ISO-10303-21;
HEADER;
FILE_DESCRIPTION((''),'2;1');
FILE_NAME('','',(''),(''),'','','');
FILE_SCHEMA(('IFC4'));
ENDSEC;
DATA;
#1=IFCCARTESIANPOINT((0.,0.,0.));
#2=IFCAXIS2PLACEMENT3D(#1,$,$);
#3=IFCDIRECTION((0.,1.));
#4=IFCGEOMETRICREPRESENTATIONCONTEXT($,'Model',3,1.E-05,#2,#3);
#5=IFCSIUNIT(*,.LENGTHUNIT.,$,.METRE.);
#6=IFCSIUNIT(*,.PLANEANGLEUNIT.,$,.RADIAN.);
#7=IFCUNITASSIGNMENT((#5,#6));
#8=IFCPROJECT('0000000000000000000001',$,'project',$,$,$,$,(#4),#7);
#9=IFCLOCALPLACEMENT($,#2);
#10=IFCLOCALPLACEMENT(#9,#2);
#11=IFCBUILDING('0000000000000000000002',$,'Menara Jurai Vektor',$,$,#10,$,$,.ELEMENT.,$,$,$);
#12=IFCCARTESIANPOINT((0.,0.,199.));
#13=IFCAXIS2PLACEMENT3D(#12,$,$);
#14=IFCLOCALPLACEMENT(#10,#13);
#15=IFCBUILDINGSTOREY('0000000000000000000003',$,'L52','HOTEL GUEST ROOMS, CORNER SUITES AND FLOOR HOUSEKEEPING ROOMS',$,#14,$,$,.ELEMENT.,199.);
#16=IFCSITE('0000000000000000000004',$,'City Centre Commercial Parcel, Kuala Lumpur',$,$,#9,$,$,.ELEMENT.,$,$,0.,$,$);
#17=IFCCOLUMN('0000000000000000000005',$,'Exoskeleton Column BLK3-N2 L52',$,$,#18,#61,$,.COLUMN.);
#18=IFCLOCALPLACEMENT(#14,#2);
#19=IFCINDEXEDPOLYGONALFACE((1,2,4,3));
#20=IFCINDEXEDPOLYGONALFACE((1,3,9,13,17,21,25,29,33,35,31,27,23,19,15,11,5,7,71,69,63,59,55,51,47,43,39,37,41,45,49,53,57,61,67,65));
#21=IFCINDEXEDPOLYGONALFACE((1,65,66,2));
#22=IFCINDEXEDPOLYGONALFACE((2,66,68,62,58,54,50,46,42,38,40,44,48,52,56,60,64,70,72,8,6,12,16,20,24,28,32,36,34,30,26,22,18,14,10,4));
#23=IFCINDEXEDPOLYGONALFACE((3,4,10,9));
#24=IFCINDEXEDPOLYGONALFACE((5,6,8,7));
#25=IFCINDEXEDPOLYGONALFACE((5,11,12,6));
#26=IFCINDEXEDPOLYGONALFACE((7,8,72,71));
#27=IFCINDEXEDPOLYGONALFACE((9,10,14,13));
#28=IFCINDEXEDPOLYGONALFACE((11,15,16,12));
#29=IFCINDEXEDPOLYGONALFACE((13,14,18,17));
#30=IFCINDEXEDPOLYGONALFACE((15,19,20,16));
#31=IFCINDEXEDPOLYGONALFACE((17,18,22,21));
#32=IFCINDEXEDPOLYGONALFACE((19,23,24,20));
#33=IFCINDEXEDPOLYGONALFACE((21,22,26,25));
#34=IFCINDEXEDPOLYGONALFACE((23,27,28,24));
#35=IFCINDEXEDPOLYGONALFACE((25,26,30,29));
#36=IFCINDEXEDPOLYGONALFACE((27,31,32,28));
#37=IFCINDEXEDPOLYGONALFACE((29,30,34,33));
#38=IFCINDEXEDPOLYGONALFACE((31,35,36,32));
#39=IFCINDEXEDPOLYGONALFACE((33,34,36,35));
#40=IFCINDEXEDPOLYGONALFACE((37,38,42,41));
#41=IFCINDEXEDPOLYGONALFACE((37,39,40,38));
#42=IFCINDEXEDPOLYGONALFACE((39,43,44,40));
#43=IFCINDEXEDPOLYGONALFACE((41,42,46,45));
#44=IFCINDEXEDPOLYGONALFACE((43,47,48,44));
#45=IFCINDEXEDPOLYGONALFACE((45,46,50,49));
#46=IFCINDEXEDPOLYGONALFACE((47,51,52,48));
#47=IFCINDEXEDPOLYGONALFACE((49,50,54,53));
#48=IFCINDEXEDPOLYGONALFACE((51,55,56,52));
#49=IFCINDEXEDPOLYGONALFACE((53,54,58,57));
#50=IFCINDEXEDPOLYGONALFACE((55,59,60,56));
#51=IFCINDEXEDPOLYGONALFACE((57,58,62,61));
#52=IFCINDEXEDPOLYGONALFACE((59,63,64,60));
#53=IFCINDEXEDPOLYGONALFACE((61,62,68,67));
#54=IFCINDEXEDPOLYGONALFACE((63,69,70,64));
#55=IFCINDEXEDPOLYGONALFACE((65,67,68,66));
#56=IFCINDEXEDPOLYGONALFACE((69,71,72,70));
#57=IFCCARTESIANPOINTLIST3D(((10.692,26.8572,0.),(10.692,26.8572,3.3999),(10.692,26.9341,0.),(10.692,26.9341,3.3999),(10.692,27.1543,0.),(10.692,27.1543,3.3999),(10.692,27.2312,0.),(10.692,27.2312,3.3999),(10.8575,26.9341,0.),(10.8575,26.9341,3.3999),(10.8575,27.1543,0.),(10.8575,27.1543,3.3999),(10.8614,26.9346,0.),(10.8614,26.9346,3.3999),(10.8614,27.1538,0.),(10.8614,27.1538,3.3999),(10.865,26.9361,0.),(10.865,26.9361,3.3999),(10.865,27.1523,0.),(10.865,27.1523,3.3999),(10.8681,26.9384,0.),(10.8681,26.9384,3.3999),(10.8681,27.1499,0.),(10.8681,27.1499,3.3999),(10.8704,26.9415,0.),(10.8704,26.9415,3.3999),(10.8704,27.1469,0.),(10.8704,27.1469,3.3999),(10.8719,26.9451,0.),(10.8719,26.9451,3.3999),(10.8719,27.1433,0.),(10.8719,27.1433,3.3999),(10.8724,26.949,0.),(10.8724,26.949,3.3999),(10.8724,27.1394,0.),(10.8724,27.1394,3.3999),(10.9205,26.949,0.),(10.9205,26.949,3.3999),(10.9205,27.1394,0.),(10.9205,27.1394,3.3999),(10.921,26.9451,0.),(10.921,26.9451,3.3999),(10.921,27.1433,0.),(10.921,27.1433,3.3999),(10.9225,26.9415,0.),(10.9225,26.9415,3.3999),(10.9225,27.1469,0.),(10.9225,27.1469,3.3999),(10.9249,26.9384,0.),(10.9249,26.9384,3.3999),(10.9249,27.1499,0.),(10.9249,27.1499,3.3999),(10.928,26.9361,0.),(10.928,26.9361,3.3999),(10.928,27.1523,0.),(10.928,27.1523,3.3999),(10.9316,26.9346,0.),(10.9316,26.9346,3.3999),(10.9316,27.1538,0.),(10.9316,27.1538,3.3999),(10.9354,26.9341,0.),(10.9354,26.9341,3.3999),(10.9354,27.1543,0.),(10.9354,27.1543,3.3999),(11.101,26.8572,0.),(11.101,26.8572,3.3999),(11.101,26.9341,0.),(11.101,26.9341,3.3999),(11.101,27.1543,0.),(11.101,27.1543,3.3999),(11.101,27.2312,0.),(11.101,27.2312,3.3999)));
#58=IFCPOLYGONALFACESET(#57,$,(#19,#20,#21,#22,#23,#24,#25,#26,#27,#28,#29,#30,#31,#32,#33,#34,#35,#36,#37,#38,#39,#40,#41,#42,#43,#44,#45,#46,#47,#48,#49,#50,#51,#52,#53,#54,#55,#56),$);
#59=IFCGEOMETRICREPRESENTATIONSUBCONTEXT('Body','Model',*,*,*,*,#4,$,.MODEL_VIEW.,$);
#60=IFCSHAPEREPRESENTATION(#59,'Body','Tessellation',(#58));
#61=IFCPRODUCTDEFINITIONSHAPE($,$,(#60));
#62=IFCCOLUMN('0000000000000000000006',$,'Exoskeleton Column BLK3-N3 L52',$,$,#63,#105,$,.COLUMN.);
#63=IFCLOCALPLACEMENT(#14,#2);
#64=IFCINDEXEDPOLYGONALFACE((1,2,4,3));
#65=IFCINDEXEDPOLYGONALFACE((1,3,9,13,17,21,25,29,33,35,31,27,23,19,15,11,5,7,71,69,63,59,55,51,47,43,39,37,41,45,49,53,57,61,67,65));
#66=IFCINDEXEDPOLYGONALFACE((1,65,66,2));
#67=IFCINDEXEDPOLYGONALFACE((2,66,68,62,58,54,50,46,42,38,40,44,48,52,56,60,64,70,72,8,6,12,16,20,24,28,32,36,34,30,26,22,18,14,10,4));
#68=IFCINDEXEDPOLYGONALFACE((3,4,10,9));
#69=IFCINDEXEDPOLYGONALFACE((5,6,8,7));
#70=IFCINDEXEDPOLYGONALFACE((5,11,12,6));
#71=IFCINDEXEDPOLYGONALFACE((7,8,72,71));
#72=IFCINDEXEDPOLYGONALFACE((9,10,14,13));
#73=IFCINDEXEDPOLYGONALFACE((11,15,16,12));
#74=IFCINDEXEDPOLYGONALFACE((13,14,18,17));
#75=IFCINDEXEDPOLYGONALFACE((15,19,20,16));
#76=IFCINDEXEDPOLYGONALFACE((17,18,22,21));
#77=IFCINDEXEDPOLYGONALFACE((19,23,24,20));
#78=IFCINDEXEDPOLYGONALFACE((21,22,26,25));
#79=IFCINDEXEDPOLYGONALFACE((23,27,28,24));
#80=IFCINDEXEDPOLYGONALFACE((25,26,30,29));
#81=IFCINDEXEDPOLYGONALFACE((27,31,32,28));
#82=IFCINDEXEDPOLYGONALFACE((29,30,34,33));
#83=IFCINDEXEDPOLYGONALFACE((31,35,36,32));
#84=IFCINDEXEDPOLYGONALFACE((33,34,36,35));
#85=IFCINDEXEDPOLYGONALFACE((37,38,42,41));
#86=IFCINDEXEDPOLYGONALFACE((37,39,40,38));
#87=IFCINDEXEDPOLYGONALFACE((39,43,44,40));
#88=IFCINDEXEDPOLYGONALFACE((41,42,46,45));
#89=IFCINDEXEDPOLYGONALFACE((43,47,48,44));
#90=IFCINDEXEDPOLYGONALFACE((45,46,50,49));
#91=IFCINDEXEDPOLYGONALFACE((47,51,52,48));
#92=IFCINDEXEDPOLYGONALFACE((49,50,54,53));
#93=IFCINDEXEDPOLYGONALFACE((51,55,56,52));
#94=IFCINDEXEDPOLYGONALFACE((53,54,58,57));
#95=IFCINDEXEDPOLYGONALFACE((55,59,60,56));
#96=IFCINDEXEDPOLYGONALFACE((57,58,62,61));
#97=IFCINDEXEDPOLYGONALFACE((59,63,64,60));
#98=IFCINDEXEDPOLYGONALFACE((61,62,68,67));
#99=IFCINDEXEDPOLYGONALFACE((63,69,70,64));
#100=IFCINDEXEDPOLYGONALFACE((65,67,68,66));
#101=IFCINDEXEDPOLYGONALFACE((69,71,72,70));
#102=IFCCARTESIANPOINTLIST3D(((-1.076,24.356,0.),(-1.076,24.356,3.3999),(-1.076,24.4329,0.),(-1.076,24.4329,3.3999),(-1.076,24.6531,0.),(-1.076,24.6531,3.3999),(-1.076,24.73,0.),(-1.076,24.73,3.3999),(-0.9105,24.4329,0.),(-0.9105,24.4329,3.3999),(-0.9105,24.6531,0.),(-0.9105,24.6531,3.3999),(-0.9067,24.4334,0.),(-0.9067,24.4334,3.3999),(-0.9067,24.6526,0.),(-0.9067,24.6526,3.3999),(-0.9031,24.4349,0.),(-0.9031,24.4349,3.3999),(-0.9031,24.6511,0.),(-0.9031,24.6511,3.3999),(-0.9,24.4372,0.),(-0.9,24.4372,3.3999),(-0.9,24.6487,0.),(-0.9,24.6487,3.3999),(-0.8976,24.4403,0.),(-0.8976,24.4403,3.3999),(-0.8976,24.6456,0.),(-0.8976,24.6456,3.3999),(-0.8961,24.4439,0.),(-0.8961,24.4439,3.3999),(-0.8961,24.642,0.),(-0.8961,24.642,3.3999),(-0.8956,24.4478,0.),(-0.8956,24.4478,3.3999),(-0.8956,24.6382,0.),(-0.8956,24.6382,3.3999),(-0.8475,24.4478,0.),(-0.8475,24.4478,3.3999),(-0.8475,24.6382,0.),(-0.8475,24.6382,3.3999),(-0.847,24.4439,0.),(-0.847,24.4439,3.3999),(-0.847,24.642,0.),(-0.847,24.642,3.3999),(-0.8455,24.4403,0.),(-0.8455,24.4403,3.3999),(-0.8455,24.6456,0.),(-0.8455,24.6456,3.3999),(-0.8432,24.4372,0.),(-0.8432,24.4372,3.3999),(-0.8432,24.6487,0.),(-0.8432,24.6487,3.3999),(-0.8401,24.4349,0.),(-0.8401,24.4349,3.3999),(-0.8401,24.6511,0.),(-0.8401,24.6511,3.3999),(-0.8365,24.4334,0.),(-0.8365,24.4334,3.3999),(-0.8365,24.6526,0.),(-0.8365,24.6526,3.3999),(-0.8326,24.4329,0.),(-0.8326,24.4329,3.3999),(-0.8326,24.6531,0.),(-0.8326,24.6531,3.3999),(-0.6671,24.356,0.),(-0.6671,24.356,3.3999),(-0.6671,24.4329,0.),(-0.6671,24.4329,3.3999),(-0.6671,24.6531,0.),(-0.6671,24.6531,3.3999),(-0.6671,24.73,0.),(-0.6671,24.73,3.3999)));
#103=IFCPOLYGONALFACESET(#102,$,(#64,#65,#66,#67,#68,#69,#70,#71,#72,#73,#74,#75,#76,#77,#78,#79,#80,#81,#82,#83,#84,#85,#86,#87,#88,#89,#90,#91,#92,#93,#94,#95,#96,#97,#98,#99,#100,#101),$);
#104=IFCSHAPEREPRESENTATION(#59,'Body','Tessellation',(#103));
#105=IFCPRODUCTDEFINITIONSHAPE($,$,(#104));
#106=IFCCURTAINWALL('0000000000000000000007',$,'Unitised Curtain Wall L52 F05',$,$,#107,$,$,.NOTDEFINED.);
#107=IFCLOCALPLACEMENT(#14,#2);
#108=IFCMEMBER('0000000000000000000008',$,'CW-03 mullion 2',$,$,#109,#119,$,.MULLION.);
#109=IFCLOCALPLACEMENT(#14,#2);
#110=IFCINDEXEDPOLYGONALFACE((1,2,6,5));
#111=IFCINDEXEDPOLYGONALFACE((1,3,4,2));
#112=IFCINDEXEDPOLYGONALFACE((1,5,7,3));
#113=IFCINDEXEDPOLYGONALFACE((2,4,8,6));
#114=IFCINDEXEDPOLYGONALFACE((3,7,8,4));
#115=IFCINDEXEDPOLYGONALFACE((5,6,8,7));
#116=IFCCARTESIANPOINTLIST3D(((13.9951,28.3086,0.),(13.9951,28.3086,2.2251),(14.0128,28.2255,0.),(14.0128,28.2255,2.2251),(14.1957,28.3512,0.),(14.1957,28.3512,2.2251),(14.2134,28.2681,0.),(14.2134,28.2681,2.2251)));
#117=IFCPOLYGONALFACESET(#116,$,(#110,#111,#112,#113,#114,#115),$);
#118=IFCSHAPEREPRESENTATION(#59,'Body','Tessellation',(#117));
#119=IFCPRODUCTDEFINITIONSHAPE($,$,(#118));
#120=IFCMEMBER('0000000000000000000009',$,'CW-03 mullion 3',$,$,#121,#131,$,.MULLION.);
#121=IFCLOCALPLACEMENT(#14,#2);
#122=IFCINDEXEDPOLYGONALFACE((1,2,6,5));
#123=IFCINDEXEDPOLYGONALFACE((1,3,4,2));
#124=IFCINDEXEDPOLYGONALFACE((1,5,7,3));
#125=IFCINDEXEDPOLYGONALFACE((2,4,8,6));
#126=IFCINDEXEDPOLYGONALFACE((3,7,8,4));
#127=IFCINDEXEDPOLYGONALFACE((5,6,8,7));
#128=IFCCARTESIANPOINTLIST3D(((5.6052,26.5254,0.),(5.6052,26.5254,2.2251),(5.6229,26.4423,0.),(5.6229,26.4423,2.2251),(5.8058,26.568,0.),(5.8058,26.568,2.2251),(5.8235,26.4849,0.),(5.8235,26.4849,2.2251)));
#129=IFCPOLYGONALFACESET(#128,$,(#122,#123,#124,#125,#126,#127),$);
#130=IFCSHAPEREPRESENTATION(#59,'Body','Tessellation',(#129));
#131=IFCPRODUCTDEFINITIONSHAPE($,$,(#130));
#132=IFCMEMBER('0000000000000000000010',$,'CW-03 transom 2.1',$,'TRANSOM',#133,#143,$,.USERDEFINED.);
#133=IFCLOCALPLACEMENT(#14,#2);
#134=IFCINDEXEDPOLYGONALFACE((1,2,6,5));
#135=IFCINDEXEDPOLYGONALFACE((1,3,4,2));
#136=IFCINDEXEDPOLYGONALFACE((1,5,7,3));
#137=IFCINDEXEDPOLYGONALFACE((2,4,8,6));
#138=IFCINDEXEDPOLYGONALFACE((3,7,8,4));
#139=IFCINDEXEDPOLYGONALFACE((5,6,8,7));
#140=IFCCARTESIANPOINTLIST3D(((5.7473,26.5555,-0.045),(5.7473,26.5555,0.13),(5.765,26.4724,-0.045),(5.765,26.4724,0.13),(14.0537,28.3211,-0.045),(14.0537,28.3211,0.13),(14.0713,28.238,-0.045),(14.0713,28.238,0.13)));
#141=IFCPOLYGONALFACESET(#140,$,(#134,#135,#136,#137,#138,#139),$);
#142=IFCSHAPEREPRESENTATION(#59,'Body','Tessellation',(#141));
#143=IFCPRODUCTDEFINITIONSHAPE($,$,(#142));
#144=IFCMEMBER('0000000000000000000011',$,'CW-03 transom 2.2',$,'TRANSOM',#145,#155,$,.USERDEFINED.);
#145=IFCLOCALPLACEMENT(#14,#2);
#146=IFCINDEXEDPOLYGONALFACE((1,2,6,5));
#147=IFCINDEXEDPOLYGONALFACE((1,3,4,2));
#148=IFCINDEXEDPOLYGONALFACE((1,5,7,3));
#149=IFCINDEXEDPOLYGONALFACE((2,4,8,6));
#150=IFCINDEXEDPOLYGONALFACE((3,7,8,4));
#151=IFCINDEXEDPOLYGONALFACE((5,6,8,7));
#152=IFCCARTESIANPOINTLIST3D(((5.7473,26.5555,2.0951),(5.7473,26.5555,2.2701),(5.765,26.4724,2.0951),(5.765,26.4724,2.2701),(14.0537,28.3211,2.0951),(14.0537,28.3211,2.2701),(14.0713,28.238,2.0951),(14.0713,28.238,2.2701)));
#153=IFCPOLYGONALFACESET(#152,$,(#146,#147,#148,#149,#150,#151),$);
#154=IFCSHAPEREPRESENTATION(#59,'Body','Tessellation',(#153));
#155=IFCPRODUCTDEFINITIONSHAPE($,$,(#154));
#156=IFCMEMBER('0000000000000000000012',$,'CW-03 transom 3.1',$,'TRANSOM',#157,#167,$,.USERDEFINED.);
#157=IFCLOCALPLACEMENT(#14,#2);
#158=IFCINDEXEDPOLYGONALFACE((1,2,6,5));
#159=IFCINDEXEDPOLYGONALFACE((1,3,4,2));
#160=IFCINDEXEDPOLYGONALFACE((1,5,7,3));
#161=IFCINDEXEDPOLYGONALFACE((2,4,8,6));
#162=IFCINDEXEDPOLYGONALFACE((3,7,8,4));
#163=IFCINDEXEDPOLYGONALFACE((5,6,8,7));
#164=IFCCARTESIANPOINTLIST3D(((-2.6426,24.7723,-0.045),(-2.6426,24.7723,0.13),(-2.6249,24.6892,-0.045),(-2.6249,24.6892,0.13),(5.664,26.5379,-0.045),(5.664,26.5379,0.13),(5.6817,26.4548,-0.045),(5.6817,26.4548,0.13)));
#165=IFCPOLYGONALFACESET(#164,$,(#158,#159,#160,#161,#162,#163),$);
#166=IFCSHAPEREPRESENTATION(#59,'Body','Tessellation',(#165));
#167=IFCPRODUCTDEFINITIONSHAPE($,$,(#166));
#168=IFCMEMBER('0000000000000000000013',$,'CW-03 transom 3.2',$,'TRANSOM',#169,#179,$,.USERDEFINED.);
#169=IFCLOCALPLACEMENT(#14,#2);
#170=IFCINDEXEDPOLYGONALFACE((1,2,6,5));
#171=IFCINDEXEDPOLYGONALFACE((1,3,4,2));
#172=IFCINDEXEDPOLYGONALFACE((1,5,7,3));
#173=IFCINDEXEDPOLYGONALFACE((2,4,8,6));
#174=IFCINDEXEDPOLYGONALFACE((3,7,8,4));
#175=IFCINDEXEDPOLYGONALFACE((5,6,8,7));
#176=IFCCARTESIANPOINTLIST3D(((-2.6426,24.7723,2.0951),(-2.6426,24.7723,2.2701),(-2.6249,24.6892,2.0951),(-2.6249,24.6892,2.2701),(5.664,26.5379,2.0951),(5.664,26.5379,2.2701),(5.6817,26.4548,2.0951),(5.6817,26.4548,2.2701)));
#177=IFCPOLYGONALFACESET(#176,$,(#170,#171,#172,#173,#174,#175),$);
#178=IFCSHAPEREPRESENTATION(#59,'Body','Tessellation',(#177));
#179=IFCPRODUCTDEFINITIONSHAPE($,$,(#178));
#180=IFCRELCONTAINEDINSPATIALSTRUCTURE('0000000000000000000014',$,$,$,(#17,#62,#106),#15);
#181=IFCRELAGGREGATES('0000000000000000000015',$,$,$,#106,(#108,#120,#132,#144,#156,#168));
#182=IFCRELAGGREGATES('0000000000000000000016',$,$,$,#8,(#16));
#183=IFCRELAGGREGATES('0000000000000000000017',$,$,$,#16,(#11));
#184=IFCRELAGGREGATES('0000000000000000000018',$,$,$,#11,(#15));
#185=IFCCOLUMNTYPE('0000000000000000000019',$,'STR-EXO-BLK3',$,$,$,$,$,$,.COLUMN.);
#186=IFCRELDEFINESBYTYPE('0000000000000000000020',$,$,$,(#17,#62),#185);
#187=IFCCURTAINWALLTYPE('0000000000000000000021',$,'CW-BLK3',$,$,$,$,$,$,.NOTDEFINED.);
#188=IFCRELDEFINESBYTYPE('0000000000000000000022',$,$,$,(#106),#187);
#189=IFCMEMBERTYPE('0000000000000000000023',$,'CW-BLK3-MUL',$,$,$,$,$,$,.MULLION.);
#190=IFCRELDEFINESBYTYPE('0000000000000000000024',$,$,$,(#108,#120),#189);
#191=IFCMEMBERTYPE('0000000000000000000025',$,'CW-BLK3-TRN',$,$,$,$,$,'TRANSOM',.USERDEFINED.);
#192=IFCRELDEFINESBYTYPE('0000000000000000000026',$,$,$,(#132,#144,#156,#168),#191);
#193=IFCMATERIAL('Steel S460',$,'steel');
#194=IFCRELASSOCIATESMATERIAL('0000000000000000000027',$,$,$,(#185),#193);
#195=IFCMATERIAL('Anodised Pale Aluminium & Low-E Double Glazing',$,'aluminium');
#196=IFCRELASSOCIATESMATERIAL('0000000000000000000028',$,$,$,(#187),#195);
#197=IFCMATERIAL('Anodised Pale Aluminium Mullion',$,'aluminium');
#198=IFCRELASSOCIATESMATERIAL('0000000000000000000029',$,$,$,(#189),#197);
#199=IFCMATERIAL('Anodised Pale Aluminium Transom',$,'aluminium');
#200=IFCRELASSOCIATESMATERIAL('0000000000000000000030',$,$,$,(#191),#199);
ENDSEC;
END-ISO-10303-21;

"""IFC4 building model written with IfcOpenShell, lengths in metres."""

from ifc_helpers import new_model, si_unit, direction, frame, origin, origin_2d, place, context, subcontext, project, spatial, rectangle, i_section, extrude, material, material_profile, profile_set, type_object, element, aggregate, save


model = new_model("IFC4")

# Units and contexts
model_context = context("Model", 3, precision=1e-05, world=origin(), true_north=direction((0.0, 1.0)))
body_context = subcontext(model_context, "Body", "Model", "MODEL_VIEW")
ifc_project = project(units=[si_unit("LENGTHUNIT", "METRE"), si_unit("PLANEANGLEUNIT", "RADIAN")], contexts=[model_context])

# Site, building, storey
site_placement = place(None, origin())
site = spatial("IfcSite", under=ifc_project, at=site_placement, Name="City Centre Commercial Parcel, Kuala Lumpur", CompositionType="ELEMENT", RefElevation=0.0)
building_placement = place(site_placement, origin())
building = spatial("IfcBuilding", under=site, at=building_placement, Name="Menara Jurai Vektor", CompositionType="ELEMENT")
storey_placement = place(building_placement, frame((0.0, 0.0, 199.0)))
storey = spatial("IfcBuildingStorey", under=building, at=storey_placement, Name="L52", Description="HOTEL GUEST ROOMS, CORNER SUITES AND FLOOR HOUSEKEEPING ROOMS", CompositionType="ELEMENT", Elevation=199.0)

# Columns
ifc_material_1 = material(Name="Steel S460", Category="steel")
ifc_material_profile_1 = material_profile(ifc_material_1, i_section(OverallWidth=0.4089, OverallDepth=0.374, WebThickness=0.0481, FlangeThickness=0.0769, FilletRadius=0.0149, at=origin_2d()), Name="HD 400x634")
ifc_profile_set_1 = profile_set([ifc_material_profile_1], Name="Steel S460")
column_type = type_object("IfcColumnType", Name="STR-EXO-BLK3", PredefinedType="COLUMN", material=ifc_profile_set_1)
for number, where, z_axis, x_axis, name in (
    (1, (10.8965, 27.0442, 0.0), (0.0, 0.0, 1.0), (1.0, 0.0, 0.0), "Exoskeleton Column BLK3-N2 L52"),
    (2, (-0.8716, 24.543, 0.0), (0.0, 0.0, 1.0), (1.0, 0.0, 0.0), "Exoskeleton Column BLK3-N3 L52"),
):
    element("IfcColumn", number, at=place(storey_placement, frame(where, z_axis=z_axis, x_axis=x_axis)), inside=storey, type_object=column_type, Name=name, PredefinedType="COLUMN", context=body_context, shape_type="SweptSolid", body=[
        extrude(i_section(OverallWidth=0.4089, OverallDepth=0.374, WebThickness=0.0481, FlangeThickness=0.0769, FilletRadius=0.0149, at=origin_2d()), origin(), (0.0, 0.0, 1.0), 3.3999),
    ])

# Curtain wall, members
ifc_material_2 = material(Name="Anodised Pale Aluminium & Low-E Double Glazing", Category="aluminium")
curtain_wall_type = type_object("IfcCurtainWallType", Name="CW-BLK3", PredefinedType="NOTDEFINED", material=ifc_material_2)
curtain_wall_placement = place(storey_placement, origin())
curtain_wall = element("IfcCurtainWall", 3, at=curtain_wall_placement, inside=storey, type_object=curtain_wall_type, Name="Unitised Curtain Wall L52 F05", PredefinedType="NOTDEFINED")
ifc_material_3 = material(Name="Anodised Pale Aluminium Mullion", Category="aluminium")
ifc_material_profile_2 = material_profile(ifc_material_3, rectangle(XDim=0.085, YDim=0.2051, at=origin_2d()), Name="ALU MUL 85x205")
ifc_profile_set_2 = profile_set([ifc_material_profile_2], Name="Anodised Pale Aluminium Mullion")
member_type_1 = type_object("IfcMemberType", Name="CW-BLK3-MUL", PredefinedType="MULLION", material=ifc_profile_set_2)
member_1_placement = place(storey_placement, frame((14.1042, 28.2883, 0.0), z_axis=(0.0, 0.0, 1.0), x_axis=(0.207911, -0.978148, 0.0)))
member_1 = element("IfcMember", 4, at=member_1_placement, type_object=member_type_1, Name="CW-03 mullion 2", PredefinedType="MULLION", context=body_context, shape_type="SweptSolid", body=[
    extrude(rectangle(XDim=0.085, YDim=0.2051, at=origin_2d()), origin(), (0.0, 0.0, 1.0), 2.2251),
])
member_2_placement = place(storey_placement, frame((5.7144, 26.5051, 0.0), z_axis=(0.0, 0.0, 1.0), x_axis=(0.207911, -0.978148, 0.0)))
member_2 = element("IfcMember", 5, at=member_2_placement, type_object=member_type_1, Name="CW-03 mullion 3", PredefinedType="MULLION", context=body_context, shape_type="SweptSolid", body=[
    extrude(rectangle(XDim=0.085, YDim=0.2051, at=origin_2d()), origin(), (0.0, 0.0, 1.0), 2.2251),
])
ifc_material_4 = material(Name="Anodised Pale Aluminium Transom", Category="aluminium")
ifc_material_profile_3 = material_profile(ifc_material_4, rectangle(XDim=0.085, YDim=0.175, at=origin_2d()), Name="ALU TRN 85x175")
ifc_profile_set_3 = profile_set([ifc_material_profile_3], Name="Anodised Pale Aluminium Transom")
member_type_2 = type_object("IfcMemberType", Name="CW-BLK3-TRN", ElementType="TRANSOM", PredefinedType="USERDEFINED", material=ifc_profile_set_3)
member_3_placement = place(storey_placement, frame((14.0625, 28.2795, 0.0425), z_axis=(-0.978147, -0.207917, 0.0), x_axis=(0.207917, -0.978147, 0.0)))
member_3 = element("IfcMember", 6, at=member_3_placement, type_object=member_type_2, Name="CW-03 transom 2.1", ObjectType="TRANSOM", PredefinedType="USERDEFINED", context=body_context, shape_type="SweptSolid", body=[
    extrude(rectangle(XDim=0.085, YDim=0.175, at=origin_2d()), origin(), (0.0, 0.0, 1.0), 8.4919),
])
member_4_placement = place(storey_placement, frame((14.0625, 28.2795, 2.1826), z_axis=(-0.978147, -0.207917, 0.0), x_axis=(0.207917, -0.978147, 0.0)))
member_4 = element("IfcMember", 7, at=member_4_placement, type_object=member_type_2, Name="CW-03 transom 2.2", ObjectType="TRANSOM", PredefinedType="USERDEFINED", context=body_context, shape_type="SweptSolid", body=[
    extrude(rectangle(XDim=0.085, YDim=0.175, at=origin_2d()), origin(), (0.0, 0.0, 1.0), 8.4919),
])
member_5_placement = place(storey_placement, frame((5.6729, 26.4963, 0.0425), z_axis=(-0.978148, -0.207911, 0.0), x_axis=(0.207911, -0.978148, 0.0)))
member_5 = element("IfcMember", 8, at=member_5_placement, type_object=member_type_2, Name="CW-03 transom 3.1", ObjectType="TRANSOM", PredefinedType="USERDEFINED", context=body_context, shape_type="SweptSolid", body=[
    extrude(rectangle(XDim=0.085, YDim=0.175, at=origin_2d()), origin(), (0.0, 0.0, 1.0), 8.4922),
])
member_6_placement = place(storey_placement, frame((5.6729, 26.4963, 2.1826), z_axis=(-0.978148, -0.207911, 0.0), x_axis=(0.207911, -0.978148, 0.0)))
member_6 = element("IfcMember", 9, at=member_6_placement, type_object=member_type_2, Name="CW-03 transom 3.2", ObjectType="TRANSOM", PredefinedType="USERDEFINED", context=body_context, shape_type="SweptSolid", body=[
    extrude(rectangle(XDim=0.085, YDim=0.175, at=origin_2d()), origin(), (0.0, 0.0, 1.0), 8.4922),
])

aggregate(curtain_wall, [member_1, member_2, member_3, member_4, member_5, member_6])

save(model, "model.ifc")
